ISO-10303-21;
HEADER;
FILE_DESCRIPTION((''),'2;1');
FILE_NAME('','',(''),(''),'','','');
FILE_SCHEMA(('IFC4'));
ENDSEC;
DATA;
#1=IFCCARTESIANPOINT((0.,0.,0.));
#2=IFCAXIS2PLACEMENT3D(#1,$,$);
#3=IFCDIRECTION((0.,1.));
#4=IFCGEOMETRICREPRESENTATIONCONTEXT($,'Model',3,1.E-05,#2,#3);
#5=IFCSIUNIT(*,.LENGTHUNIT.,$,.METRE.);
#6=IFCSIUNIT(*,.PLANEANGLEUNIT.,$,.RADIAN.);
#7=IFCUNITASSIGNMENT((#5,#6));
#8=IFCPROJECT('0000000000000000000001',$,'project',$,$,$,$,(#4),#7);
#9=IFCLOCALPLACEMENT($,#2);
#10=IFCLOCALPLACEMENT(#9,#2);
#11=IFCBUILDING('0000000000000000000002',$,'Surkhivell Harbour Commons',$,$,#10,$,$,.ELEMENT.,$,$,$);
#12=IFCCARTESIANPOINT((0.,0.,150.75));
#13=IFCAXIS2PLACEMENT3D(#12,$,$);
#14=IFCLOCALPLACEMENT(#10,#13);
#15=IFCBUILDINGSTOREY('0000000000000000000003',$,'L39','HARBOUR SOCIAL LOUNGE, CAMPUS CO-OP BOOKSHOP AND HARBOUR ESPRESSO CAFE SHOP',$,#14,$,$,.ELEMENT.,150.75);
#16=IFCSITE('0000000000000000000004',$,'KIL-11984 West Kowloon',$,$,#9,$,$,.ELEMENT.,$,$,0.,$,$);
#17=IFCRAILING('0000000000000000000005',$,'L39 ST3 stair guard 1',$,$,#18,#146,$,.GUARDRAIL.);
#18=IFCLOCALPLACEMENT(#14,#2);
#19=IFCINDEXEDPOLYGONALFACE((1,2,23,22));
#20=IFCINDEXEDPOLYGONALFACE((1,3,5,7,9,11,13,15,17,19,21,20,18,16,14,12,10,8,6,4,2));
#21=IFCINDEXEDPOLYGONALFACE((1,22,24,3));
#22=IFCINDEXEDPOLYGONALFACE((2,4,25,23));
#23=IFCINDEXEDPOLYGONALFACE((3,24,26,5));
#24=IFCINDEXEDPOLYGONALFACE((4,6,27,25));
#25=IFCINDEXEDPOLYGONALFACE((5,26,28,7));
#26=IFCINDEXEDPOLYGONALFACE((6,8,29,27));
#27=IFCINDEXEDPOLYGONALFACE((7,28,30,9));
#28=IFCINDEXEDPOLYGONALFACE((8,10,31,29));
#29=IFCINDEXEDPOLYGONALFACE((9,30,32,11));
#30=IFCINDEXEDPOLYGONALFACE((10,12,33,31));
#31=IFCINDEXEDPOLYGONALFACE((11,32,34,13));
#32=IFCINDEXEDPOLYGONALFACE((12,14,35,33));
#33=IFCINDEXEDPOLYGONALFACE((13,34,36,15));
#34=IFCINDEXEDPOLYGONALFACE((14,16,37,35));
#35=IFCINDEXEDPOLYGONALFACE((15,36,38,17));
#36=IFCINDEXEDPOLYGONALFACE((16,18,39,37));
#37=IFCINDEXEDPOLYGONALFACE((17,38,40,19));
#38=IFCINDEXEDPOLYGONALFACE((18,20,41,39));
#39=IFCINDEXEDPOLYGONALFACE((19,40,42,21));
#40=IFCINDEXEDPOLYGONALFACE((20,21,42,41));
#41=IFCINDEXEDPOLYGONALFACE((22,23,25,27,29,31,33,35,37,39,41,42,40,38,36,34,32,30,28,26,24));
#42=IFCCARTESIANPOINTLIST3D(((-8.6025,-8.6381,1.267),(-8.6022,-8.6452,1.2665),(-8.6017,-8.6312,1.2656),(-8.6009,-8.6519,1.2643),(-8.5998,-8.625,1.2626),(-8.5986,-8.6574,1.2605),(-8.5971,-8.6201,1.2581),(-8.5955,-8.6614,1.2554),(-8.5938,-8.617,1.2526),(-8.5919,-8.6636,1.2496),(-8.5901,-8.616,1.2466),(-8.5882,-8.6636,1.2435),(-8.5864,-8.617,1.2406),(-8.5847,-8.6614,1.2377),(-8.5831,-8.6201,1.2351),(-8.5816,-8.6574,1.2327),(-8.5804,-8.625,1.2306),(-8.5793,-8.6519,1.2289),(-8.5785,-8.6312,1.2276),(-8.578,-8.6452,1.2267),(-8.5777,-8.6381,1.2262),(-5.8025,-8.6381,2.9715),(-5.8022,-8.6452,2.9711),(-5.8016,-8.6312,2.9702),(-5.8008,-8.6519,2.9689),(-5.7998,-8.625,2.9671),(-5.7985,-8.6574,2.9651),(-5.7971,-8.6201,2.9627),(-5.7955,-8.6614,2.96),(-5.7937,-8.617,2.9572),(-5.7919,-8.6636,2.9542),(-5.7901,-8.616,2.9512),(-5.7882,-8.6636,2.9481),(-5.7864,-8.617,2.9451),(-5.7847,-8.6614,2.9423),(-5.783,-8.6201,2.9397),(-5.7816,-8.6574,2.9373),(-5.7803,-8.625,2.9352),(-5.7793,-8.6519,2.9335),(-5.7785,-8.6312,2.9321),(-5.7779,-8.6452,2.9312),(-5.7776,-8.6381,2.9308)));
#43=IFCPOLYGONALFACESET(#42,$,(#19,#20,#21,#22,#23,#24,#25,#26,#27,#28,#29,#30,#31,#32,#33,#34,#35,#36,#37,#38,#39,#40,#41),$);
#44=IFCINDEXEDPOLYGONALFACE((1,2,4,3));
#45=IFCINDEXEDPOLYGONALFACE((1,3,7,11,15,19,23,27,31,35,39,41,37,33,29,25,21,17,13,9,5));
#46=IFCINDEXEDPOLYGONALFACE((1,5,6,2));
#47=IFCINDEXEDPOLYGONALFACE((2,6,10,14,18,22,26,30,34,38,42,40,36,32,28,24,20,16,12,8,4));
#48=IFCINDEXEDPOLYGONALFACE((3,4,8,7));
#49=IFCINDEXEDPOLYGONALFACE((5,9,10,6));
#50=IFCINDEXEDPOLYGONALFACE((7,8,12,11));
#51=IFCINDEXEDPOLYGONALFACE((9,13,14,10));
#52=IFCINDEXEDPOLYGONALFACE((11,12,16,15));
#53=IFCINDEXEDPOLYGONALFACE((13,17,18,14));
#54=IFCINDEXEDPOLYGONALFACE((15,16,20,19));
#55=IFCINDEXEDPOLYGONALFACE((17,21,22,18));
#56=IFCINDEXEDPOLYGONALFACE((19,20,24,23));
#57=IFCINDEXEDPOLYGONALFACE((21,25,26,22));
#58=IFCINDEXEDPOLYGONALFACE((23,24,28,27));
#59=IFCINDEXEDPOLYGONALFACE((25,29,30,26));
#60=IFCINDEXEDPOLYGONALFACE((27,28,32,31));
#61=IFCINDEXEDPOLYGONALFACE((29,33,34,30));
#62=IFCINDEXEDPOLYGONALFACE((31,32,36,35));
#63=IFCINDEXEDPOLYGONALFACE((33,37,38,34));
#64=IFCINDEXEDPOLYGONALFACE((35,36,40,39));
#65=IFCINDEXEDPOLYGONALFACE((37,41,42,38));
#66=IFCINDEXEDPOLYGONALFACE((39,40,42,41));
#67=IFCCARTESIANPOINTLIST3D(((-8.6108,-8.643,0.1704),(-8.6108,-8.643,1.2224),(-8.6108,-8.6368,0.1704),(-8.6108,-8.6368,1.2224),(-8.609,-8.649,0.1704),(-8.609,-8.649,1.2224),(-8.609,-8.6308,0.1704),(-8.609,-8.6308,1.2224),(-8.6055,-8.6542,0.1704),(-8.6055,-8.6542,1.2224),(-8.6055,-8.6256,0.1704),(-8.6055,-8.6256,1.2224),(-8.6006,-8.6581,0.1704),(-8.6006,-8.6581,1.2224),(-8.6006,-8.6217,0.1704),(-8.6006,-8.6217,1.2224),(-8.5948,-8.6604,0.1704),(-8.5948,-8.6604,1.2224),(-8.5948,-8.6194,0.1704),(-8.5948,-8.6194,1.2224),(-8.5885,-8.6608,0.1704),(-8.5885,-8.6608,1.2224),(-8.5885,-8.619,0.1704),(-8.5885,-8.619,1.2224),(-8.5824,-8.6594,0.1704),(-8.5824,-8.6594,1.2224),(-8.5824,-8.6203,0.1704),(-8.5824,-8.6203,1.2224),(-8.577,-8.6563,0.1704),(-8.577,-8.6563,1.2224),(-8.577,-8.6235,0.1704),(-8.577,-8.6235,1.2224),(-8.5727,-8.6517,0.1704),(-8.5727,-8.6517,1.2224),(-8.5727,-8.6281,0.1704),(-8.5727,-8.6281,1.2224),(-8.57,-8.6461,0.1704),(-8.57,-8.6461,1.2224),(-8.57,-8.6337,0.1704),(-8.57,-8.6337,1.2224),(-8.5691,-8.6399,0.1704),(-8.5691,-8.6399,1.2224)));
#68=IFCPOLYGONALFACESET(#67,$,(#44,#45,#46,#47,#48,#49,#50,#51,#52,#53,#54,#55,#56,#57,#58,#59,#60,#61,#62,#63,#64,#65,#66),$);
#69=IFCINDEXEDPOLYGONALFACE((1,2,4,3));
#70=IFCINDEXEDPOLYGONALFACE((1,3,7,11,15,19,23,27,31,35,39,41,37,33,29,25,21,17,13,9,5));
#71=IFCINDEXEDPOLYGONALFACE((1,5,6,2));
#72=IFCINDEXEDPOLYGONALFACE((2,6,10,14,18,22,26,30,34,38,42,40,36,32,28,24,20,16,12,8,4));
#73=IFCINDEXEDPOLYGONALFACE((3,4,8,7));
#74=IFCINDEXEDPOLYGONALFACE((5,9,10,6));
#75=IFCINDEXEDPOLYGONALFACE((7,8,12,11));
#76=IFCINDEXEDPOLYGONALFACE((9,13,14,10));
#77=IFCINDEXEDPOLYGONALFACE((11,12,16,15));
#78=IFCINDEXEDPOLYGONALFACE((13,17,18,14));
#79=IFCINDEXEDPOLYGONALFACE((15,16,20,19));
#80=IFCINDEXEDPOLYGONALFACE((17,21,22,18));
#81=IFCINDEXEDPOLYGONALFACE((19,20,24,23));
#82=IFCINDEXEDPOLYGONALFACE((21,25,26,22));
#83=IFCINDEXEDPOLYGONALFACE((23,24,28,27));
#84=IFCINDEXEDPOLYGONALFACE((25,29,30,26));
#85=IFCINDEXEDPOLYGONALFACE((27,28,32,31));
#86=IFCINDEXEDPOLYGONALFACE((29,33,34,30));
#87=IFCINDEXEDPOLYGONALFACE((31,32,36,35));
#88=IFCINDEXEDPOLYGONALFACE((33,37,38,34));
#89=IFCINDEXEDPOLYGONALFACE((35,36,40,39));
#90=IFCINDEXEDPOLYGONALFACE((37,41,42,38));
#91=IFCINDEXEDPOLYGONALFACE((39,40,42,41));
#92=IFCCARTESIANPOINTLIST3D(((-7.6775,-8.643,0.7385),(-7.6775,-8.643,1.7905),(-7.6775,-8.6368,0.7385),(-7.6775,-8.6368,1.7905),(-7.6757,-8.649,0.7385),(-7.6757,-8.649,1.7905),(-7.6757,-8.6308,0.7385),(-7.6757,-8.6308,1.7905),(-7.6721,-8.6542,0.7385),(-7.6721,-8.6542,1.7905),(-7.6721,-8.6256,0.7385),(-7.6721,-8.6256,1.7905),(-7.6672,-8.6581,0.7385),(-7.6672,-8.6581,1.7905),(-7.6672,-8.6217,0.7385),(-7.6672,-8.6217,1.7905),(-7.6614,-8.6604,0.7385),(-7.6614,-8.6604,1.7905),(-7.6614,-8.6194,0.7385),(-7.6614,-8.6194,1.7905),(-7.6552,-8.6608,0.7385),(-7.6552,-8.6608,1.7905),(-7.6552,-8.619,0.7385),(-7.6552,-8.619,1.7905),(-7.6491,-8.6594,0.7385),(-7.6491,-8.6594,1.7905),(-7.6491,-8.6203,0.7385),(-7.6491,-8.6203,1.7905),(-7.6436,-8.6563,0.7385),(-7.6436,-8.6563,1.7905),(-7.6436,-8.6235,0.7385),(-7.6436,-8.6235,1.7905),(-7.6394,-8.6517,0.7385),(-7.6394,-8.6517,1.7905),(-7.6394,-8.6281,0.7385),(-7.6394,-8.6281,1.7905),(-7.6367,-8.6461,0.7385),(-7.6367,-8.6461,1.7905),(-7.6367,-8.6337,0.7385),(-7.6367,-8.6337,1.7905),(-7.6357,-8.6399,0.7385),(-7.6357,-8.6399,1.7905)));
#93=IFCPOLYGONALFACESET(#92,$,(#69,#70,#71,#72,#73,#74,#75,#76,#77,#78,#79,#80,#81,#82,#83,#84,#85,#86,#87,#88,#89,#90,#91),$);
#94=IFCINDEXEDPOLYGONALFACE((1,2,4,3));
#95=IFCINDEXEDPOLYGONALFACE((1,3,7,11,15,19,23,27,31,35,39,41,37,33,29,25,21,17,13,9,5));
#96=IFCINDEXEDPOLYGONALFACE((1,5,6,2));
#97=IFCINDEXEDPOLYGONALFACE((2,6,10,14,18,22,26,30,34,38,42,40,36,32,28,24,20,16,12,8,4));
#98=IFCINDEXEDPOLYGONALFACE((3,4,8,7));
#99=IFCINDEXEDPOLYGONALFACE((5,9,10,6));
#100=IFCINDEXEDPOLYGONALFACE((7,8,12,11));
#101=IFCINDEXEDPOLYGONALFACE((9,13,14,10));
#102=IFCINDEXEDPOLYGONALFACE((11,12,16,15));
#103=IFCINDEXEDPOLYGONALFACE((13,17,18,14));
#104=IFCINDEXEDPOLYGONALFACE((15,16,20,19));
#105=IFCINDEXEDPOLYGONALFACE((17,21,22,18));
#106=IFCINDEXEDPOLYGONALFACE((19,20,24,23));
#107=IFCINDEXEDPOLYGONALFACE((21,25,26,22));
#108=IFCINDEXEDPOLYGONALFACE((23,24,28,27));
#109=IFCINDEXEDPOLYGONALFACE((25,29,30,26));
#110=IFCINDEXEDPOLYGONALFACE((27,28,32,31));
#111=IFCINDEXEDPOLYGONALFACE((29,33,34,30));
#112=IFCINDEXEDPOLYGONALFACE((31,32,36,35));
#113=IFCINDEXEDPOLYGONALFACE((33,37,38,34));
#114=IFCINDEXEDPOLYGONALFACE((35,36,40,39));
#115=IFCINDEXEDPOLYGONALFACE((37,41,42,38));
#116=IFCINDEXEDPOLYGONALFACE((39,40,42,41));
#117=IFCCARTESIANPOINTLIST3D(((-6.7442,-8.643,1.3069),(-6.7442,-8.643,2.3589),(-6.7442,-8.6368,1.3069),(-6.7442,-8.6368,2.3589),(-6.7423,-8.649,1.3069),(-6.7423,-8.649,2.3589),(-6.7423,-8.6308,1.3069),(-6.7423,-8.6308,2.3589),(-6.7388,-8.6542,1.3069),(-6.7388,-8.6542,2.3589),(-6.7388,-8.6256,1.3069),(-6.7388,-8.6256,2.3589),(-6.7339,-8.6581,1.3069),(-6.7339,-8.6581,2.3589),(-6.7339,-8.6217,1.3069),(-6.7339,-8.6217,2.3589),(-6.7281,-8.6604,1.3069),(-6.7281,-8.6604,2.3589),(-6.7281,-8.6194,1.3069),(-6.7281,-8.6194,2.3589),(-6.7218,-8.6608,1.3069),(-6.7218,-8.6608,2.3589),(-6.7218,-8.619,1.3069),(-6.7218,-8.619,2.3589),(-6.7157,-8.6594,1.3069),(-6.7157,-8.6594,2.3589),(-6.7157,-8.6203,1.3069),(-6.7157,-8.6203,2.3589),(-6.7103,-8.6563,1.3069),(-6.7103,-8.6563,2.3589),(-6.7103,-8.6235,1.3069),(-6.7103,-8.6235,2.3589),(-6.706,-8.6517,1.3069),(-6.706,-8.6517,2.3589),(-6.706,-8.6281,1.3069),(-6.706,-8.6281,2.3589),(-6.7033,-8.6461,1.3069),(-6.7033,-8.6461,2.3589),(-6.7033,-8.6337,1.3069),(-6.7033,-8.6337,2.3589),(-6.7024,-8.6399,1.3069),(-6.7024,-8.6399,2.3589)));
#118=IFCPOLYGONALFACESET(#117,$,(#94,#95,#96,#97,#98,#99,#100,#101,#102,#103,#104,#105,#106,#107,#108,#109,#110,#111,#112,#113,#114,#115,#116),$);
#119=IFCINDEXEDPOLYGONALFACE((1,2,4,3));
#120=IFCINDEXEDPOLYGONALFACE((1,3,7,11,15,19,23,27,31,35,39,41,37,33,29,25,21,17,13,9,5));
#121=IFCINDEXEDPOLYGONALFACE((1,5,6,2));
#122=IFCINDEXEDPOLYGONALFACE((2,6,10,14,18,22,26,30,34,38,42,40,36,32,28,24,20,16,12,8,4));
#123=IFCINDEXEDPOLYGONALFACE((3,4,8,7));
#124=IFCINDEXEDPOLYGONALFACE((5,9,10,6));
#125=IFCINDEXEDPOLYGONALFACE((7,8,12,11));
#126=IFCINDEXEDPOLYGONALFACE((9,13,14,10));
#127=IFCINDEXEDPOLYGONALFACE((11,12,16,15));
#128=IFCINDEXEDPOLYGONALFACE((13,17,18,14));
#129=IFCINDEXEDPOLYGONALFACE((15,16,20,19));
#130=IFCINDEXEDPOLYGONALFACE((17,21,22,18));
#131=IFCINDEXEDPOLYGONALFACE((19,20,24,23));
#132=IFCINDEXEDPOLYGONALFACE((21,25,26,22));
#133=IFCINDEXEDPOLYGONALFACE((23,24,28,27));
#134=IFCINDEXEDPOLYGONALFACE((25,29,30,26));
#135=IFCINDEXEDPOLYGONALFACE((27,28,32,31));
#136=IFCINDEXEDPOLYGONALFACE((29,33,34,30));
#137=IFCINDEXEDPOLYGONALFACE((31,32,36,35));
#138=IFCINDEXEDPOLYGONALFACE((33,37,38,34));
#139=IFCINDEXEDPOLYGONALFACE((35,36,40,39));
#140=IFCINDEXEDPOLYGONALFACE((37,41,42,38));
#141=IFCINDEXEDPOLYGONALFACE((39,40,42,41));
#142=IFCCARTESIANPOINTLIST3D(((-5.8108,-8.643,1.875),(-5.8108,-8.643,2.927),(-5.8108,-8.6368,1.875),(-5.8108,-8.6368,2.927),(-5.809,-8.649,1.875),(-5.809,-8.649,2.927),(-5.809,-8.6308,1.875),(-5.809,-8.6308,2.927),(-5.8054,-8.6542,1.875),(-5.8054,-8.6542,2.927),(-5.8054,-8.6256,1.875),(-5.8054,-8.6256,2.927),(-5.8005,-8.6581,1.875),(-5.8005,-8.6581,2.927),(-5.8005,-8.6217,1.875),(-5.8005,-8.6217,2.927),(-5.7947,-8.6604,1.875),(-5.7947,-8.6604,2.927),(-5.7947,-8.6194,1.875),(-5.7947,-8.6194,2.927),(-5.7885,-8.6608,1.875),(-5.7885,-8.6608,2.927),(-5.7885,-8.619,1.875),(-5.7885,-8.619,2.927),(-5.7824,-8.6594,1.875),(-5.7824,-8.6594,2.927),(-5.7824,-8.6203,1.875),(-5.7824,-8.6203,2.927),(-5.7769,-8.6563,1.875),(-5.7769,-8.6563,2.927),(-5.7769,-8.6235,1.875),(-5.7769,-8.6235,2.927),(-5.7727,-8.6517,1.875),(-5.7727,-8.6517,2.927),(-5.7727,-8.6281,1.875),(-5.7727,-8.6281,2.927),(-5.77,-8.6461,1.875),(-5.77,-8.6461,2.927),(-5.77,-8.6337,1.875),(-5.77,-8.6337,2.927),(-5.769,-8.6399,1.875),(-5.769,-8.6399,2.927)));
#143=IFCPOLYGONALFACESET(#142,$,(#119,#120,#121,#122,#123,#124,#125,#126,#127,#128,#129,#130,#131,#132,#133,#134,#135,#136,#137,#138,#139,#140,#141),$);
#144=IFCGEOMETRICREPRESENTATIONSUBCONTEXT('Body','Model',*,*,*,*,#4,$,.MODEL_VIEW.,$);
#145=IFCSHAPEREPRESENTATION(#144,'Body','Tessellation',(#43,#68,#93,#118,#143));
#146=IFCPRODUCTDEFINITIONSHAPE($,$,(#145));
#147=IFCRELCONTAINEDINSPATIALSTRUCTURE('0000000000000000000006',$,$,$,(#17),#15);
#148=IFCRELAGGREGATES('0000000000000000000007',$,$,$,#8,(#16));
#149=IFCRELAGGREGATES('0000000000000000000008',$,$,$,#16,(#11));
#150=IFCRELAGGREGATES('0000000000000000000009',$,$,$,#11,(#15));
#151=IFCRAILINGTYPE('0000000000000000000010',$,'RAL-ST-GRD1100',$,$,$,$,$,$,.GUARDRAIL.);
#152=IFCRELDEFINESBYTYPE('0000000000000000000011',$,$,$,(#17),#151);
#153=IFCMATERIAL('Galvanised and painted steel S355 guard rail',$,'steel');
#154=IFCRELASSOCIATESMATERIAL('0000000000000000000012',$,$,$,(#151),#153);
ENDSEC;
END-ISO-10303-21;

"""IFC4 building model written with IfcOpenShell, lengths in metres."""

from ifc_helpers import new_model, si_unit, direction, frame, origin, origin_2d, place, context, subcontext, project, spatial, circle, extrude, material, type_object, element, save


model = new_model("IFC4")

# Units and contexts
model_context = context("Model", 3, precision=1e-05, world=origin(), true_north=direction((0.0, 1.0)))
body_context = subcontext(model_context, "Body", "Model", "MODEL_VIEW")
ifc_project = project(units=[si_unit("LENGTHUNIT", "METRE"), si_unit("PLANEANGLEUNIT", "RADIAN")], contexts=[model_context])

# Site, building, storey
site_placement = place(None, origin())
site = spatial("IfcSite", under=ifc_project, at=site_placement, Name="KIL-11984 West Kowloon", CompositionType="ELEMENT", RefElevation=0.0)
building_placement = place(site_placement, origin())
building = spatial("IfcBuilding", under=site, at=building_placement, Name="Surkhivell Harbour Commons", CompositionType="ELEMENT")
storey_placement = place(building_placement, frame((0.0, 0.0, 150.75)))
storey = spatial("IfcBuildingStorey", under=building, at=storey_placement, Name="L39", Description="HARBOUR SOCIAL LOUNGE, CAMPUS CO-OP BOOKSHOP AND HARBOUR ESPRESSO CAFE SHOP", CompositionType="ELEMENT", Elevation=150.75)

# Railing
ifc_material_1 = material(Name="Galvanised and painted steel S355 guard rail", Category="steel")
railing_type_1 = type_object("IfcRailingType", Name="RAL-ST-GRD1100", PredefinedType="GUARDRAIL", material=ifc_material_1)
railing_1_placement = place(storey_placement, frame((-8.5901, -8.6399, 0.1704)))
element("IfcRailing", 1, at=railing_1_placement, inside=storey, type_object=railing_type_1, Name="L39 ST3 stair guard 1", PredefinedType="GUARDRAIL", context=body_context, shape_type="SweptSolid", body=[
    extrude(circle(Radius=0.0239, at=origin_2d()), frame((0.0, 0.0, 1.0762), z_axis=(0.85417, 0.0, 0.519994), x_axis=(0.0, 1.0, 0.0)), (0.0, 0.0, 1.0), 3.2781),
    extrude(circle(Radius=0.021, at=origin_2d()), origin(), (0.0, 0.0, 1.0), 1.052),
    extrude(circle(Radius=0.021, at=origin_2d()), frame((0.9333, 0.0, 0.5681)), (0.0, 0.0, 1.0), 1.052),
    extrude(circle(Radius=0.021, at=origin_2d()), frame((1.8667, 0.0, 1.1365)), (0.0, 0.0, 1.0), 1.052),
    extrude(circle(Radius=0.021, at=origin_2d()), frame((2.8, 0.0, 1.7046)), (0.0, 0.0, 1.0), 1.052),
])

save(model, "model.ifc")
